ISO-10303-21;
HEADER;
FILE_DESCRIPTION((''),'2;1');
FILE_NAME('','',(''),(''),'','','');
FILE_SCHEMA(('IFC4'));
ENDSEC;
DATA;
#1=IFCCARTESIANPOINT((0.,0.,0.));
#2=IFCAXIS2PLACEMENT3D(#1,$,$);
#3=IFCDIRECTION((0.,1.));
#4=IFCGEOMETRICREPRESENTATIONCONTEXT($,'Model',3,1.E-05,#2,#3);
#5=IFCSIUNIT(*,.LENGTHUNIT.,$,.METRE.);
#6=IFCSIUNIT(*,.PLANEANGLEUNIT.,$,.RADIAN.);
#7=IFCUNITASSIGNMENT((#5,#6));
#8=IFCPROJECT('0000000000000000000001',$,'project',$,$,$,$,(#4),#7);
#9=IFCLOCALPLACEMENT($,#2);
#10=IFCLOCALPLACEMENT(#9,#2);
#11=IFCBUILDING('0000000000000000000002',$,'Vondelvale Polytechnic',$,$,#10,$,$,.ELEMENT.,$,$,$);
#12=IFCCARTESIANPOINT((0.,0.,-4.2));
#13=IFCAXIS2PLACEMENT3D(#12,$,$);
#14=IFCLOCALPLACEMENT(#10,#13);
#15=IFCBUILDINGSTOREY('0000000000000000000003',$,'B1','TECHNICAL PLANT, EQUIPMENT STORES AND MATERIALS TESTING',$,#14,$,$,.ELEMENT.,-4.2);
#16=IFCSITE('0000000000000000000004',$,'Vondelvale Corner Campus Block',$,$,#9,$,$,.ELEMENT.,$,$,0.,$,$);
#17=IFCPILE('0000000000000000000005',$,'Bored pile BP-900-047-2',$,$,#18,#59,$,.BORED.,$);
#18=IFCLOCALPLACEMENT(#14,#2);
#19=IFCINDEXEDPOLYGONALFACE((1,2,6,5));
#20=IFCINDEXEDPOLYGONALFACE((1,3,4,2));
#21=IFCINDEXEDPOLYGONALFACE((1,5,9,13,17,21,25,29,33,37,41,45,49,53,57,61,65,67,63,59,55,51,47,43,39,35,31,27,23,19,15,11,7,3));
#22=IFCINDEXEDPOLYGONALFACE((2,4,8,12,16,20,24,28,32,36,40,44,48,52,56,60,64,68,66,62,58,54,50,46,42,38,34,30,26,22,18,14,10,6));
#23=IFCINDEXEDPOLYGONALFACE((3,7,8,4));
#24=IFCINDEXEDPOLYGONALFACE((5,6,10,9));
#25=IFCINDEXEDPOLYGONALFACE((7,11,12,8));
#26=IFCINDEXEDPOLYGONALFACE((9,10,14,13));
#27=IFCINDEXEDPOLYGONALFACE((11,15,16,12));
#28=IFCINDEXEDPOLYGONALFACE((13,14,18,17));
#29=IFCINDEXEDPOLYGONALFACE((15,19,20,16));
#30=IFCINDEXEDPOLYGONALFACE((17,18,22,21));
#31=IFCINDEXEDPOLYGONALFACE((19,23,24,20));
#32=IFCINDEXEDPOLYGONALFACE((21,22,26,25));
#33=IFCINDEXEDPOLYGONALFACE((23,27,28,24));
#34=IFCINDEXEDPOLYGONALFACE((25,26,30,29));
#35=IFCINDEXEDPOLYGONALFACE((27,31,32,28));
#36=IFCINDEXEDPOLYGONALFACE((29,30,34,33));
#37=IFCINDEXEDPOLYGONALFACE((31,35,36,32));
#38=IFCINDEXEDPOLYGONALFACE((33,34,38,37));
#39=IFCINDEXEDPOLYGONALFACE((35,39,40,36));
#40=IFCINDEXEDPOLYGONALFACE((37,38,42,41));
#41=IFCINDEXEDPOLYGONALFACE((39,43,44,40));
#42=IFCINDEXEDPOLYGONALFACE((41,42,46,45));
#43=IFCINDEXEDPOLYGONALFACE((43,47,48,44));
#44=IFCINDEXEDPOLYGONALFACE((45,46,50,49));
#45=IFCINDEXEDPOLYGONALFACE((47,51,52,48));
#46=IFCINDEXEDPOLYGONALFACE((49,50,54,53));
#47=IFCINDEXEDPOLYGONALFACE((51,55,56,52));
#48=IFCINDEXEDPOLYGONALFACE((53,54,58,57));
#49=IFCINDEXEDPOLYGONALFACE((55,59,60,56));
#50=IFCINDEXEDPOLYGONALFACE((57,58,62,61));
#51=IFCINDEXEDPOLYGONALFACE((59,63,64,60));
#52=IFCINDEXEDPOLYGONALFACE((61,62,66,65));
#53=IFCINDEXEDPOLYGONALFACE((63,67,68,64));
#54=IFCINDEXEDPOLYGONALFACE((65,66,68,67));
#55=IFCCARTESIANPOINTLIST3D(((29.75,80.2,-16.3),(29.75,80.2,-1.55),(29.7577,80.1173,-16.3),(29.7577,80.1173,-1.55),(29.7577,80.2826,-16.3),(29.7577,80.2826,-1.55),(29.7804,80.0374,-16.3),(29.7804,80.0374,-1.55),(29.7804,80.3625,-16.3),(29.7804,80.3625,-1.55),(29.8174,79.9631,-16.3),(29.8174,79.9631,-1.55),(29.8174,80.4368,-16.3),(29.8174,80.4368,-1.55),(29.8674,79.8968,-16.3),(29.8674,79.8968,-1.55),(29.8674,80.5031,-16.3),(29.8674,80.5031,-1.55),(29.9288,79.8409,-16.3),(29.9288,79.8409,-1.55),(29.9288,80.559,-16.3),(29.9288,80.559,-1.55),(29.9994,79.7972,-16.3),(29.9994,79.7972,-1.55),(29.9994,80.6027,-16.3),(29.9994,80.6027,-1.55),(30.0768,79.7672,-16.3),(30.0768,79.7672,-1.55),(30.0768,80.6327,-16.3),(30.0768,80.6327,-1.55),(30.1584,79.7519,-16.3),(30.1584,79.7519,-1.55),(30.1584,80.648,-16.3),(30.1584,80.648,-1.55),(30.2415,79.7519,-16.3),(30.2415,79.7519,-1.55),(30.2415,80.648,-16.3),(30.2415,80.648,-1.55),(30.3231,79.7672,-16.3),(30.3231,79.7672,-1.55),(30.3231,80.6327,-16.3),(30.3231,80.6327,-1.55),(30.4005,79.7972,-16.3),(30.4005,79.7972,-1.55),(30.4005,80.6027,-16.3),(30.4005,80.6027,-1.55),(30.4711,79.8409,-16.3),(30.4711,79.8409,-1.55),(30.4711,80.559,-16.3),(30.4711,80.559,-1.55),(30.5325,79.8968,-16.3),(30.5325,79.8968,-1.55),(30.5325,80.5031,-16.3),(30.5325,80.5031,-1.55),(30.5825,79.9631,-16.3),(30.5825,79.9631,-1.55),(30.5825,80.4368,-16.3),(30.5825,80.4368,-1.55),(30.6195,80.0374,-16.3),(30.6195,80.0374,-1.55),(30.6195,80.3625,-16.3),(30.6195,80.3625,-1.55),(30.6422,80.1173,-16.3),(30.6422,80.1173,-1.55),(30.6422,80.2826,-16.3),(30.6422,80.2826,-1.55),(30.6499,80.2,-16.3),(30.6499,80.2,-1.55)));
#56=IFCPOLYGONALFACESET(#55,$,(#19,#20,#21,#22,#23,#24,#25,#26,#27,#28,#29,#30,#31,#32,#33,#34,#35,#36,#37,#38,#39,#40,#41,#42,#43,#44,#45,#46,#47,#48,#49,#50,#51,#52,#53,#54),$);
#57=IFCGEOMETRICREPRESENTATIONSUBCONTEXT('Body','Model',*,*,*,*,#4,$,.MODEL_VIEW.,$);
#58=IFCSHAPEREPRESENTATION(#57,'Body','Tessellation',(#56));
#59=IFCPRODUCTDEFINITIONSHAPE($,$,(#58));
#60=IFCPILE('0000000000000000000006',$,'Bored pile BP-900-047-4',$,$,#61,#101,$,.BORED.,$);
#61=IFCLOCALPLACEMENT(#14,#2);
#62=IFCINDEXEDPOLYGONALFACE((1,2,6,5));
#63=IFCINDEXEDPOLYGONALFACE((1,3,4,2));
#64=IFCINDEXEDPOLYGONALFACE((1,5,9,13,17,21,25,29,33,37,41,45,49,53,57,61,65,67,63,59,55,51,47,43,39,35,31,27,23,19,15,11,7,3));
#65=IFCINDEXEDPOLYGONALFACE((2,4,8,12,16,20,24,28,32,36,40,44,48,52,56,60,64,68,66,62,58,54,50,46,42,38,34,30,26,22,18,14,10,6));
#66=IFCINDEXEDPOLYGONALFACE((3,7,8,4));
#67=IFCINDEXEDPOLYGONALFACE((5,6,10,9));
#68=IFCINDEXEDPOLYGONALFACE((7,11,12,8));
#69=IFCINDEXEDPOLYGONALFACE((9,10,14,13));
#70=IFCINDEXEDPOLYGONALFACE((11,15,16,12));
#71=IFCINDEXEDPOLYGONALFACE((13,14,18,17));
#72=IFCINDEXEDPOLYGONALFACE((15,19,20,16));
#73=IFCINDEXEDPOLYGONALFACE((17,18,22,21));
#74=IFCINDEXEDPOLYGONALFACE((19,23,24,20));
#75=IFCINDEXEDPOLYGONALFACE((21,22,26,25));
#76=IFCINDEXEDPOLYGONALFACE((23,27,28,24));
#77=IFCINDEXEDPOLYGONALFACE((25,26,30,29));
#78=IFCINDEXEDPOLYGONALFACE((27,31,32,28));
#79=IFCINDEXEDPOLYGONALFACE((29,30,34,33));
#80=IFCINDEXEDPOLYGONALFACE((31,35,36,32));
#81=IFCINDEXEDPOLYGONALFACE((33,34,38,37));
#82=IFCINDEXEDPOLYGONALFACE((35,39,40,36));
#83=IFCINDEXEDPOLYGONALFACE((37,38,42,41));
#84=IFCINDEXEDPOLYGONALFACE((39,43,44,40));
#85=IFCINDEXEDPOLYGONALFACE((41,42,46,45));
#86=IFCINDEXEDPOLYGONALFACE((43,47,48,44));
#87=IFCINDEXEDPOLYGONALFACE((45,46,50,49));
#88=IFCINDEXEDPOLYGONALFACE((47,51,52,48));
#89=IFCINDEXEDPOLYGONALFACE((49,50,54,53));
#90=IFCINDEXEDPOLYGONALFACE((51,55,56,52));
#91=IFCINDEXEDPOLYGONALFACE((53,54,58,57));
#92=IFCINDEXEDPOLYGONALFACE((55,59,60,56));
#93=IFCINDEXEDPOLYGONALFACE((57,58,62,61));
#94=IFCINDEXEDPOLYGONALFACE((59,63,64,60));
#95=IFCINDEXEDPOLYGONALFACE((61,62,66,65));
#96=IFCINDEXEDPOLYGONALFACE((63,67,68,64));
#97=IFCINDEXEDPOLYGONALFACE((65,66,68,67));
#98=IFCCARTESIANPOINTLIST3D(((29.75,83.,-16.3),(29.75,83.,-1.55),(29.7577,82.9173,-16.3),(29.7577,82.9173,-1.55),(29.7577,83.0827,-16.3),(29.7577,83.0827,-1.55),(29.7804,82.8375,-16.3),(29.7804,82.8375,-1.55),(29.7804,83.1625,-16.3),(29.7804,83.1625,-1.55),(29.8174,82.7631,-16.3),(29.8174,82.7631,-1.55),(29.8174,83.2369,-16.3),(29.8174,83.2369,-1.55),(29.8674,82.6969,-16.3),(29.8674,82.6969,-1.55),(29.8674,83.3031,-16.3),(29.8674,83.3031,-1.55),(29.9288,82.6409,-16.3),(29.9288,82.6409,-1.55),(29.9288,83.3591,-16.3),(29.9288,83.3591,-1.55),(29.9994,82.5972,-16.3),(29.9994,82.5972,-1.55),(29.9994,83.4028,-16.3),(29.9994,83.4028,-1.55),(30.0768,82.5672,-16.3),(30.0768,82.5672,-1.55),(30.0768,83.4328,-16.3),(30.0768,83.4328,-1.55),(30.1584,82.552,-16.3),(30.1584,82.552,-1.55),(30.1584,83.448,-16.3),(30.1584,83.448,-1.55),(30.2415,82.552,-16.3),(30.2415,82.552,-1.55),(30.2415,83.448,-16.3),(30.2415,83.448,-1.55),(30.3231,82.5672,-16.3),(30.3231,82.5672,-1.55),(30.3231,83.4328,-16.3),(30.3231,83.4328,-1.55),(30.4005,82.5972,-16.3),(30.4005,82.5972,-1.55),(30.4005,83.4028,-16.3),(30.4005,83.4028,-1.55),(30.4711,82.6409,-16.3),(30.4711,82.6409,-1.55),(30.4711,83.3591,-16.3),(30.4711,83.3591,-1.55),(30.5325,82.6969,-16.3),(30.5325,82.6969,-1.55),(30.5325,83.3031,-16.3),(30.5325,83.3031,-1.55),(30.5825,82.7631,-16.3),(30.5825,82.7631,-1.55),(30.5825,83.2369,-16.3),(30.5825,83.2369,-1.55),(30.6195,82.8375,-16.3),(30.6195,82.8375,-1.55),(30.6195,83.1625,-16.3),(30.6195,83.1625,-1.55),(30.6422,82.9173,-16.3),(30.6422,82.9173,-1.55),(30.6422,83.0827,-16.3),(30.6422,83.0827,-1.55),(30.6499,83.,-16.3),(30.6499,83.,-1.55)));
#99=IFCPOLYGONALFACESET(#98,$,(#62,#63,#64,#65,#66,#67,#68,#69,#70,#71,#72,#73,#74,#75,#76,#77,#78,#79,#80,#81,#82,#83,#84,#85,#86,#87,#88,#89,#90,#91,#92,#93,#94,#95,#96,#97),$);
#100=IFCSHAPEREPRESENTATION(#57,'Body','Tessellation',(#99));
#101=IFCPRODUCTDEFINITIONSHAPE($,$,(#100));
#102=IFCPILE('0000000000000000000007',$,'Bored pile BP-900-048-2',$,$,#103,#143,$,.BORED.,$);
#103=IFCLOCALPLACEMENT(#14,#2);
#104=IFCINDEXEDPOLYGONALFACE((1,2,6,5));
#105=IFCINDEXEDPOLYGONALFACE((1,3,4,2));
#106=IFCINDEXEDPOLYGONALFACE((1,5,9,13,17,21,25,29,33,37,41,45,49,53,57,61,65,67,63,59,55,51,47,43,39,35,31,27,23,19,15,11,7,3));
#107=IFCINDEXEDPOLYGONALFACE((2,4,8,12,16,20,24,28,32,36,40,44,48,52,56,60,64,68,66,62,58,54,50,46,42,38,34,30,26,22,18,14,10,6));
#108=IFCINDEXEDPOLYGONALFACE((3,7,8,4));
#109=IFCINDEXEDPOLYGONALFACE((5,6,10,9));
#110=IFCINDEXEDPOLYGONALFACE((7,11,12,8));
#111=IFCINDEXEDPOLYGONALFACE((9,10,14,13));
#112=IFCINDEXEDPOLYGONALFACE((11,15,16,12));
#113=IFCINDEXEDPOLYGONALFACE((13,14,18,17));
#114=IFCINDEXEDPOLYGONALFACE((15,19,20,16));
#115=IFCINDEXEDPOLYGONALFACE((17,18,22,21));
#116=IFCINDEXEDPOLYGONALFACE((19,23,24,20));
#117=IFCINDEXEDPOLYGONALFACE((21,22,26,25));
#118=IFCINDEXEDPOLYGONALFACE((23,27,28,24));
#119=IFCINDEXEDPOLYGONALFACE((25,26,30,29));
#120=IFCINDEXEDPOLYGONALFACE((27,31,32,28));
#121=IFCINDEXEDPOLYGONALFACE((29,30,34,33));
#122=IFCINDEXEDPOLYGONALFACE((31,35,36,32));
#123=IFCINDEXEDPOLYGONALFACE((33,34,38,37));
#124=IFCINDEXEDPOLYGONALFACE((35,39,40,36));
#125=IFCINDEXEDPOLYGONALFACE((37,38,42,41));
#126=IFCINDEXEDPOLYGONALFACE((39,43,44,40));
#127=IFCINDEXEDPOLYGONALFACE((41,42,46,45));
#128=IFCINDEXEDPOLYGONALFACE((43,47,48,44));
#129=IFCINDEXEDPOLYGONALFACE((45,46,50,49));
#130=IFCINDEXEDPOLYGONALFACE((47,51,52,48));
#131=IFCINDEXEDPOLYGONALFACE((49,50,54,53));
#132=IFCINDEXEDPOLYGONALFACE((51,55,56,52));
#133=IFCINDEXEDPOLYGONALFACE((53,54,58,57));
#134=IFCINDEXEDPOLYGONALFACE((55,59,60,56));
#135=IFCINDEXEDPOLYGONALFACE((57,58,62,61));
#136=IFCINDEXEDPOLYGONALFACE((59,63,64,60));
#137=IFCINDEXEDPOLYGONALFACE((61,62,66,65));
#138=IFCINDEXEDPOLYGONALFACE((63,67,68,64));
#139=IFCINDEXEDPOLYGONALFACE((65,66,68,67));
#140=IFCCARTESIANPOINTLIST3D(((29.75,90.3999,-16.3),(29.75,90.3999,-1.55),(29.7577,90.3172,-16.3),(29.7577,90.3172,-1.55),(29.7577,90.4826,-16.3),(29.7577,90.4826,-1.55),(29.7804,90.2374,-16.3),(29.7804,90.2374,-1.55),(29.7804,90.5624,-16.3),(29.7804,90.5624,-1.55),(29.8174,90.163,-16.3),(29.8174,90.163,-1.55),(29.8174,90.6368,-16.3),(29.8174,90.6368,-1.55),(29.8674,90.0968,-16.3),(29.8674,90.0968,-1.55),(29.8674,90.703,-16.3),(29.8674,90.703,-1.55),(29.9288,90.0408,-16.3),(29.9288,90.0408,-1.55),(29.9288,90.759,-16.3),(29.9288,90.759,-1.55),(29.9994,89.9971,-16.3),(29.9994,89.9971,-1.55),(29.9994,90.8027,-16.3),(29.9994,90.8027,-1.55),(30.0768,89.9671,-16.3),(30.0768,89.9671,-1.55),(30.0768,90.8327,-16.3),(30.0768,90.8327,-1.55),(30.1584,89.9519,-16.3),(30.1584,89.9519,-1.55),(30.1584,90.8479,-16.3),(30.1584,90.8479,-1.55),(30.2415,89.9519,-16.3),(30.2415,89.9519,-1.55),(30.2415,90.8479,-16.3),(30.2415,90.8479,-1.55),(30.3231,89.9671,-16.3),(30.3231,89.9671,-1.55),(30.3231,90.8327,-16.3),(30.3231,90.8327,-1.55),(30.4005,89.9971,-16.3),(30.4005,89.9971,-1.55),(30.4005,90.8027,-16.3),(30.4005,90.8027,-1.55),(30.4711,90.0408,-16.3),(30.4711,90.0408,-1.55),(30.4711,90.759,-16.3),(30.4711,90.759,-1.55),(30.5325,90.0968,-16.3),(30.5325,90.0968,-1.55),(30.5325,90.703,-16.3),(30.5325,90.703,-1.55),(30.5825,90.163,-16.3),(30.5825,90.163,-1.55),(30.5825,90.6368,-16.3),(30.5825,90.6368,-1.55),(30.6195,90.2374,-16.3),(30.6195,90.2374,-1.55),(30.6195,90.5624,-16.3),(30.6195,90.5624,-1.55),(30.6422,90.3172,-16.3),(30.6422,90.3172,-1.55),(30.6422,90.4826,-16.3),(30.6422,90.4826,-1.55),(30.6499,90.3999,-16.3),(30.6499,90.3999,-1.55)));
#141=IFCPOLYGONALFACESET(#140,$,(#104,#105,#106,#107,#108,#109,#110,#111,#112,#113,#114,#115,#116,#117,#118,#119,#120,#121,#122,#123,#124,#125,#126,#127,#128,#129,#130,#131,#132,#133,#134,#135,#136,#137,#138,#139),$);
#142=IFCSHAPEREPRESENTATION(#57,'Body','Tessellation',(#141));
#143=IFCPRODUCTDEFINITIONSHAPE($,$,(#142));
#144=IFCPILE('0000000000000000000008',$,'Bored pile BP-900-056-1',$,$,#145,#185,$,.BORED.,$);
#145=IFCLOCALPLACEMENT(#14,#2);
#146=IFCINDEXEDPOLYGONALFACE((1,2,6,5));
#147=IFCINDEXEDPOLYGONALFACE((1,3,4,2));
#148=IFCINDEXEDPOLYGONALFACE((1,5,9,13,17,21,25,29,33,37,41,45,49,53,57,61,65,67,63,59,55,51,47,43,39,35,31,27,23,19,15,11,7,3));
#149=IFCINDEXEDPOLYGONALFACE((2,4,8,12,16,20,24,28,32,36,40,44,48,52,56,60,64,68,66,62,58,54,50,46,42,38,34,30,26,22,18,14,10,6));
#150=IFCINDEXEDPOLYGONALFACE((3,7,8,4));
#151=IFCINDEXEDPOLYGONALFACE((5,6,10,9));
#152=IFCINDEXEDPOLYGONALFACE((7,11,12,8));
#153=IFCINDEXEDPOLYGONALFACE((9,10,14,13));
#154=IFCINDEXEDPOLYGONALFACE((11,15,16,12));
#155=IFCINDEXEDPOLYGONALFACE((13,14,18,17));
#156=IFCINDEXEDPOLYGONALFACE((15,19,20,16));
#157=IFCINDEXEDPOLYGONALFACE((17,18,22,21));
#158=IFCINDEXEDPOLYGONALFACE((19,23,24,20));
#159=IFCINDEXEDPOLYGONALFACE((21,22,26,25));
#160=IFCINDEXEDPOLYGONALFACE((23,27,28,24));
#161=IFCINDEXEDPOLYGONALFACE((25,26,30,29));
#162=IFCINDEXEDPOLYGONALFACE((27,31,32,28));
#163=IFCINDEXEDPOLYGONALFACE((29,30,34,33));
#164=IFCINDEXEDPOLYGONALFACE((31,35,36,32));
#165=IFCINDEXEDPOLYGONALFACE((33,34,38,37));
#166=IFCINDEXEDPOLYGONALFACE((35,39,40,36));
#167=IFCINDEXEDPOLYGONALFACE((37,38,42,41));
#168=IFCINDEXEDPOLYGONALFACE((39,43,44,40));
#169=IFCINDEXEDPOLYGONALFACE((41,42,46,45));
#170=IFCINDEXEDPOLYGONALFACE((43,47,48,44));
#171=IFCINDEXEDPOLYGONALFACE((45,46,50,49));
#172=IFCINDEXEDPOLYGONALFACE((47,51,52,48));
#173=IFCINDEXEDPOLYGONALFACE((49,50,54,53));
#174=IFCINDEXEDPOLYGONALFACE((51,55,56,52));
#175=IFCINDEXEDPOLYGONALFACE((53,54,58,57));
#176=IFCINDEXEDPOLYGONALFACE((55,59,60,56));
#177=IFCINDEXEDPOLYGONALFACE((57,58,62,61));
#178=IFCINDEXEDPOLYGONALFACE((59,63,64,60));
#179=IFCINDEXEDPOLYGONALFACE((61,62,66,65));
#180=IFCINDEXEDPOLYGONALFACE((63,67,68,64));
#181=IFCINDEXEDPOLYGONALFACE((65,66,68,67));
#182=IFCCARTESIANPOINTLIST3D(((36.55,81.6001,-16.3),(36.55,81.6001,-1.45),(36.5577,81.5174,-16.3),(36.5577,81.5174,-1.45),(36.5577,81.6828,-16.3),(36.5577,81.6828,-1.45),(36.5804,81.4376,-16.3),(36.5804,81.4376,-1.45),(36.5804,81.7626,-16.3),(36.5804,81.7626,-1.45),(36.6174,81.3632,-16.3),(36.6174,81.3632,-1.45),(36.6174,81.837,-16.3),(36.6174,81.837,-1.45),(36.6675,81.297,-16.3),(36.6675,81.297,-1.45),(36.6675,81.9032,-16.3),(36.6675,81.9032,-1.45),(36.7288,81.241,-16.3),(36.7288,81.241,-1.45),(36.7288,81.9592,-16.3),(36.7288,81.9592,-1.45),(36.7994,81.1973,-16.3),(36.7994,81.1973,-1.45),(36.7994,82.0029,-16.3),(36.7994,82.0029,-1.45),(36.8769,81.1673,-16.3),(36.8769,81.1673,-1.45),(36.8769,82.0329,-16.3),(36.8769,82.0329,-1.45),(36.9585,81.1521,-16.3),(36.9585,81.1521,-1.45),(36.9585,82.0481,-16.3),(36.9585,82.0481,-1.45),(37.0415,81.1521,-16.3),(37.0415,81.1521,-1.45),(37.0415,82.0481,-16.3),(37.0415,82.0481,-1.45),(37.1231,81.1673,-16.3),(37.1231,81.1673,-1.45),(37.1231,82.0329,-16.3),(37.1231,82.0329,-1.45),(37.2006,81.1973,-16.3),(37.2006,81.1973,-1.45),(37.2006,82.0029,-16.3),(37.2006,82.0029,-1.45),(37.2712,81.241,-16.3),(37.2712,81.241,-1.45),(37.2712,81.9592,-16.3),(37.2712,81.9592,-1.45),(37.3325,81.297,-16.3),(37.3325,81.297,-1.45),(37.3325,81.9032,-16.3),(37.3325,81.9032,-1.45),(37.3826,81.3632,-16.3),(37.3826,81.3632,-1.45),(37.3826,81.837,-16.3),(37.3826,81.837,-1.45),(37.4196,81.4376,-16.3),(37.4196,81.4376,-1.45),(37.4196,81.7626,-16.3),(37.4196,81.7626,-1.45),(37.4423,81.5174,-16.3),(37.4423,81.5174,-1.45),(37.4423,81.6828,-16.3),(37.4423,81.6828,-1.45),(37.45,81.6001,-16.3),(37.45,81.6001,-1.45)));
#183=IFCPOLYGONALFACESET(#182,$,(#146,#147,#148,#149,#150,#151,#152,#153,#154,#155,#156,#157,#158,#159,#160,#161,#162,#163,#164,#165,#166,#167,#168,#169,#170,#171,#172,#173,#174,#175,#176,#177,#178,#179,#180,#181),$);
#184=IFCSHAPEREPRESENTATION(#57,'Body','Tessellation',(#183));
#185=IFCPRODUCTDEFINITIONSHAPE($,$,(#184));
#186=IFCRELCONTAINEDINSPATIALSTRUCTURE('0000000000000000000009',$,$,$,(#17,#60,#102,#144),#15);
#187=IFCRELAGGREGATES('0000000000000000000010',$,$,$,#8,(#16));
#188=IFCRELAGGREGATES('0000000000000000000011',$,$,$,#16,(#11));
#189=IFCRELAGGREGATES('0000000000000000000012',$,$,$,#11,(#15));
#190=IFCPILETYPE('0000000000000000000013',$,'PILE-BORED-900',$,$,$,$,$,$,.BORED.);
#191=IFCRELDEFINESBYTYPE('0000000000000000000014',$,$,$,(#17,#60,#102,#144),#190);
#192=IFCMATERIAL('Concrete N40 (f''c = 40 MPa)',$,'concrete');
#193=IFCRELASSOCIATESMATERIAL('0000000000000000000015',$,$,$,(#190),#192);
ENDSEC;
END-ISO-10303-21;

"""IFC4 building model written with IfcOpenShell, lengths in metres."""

from ifc_helpers import new_model, si_unit, direction, frame, origin, origin_2d, place, context, subcontext, project, spatial, circle, extrude, material, material_profile, profile_set, type_object, element, save


model = new_model("IFC4")

# Units and contexts
model_context = context("Model", 3, precision=1e-05, world=origin(), true_north=direction((0.0, 1.0)))
body_context = subcontext(model_context, "Body", "Model", "MODEL_VIEW")
ifc_project = project(units=[si_unit("LENGTHUNIT", "METRE"), si_unit("PLANEANGLEUNIT", "RADIAN")], contexts=[model_context])

# Site, building, storey
site_placement = place(None, origin())
site = spatial("IfcSite", under=ifc_project, at=site_placement, Name="Vondelvale Corner Campus Block", CompositionType="ELEMENT", RefElevation=0.0)
building_placement = place(site_placement, origin())
building = spatial("IfcBuilding", under=site, at=building_placement, Name="Vondelvale Polytechnic", CompositionType="ELEMENT")
storey_placement = place(building_placement, frame((0.0, 0.0, -4.2)))
storey = spatial("IfcBuildingStorey", under=building, at=storey_placement, Name="B1", Description="TECHNICAL PLANT, EQUIPMENT STORES AND MATERIALS TESTING", CompositionType="ELEMENT", Elevation=-4.2)

# Shared definitions
ifc_material_1 = material(Name="Concrete N40 (f'c = 40 MPa)", Category="concrete")

# Piles
ifc_material_profile_1 = material_profile(ifc_material_1, circle(Radius=0.45, at=origin_2d()), Name="PILE-D900")
ifc_profile_set_1 = profile_set([ifc_material_profile_1], Name="Concrete N40 (f'c = 40 MPa)")
pile_type_1 = type_object("IfcPileType", Name="PILE-BORED-900", PredefinedType="BORED", material=ifc_profile_set_1)
for number, where, z_axis, x_axis, name in (
    (1, (30.2, 80.2, -1.55), (0.0, 0.0, -1.0), (1.0, 0.0, 0.0), "Bored pile BP-900-047-2"),
    (2, (30.2, 83.0, -1.55), (0.0, 0.0, -1.0), (1.0, 0.0, 0.0), "Bored pile BP-900-047-4"),
    (3, (30.2, 90.3999, -1.55), (0.0, 0.0, -1.0), (1.0, 0.0, 0.0), "Bored pile BP-900-048-2"),
):
    element("IfcPile", number, at=place(storey_placement, frame(where, z_axis=z_axis, x_axis=x_axis)), inside=storey, type_object=pile_type_1, Name=name, PredefinedType="BORED", context=body_context, shape_type="SweptSolid", body=[
        extrude(circle(Radius=0.45, at=origin_2d()), origin(), (0.0, 0.0, 1.0), 14.75),
    ])
for number, where, z_axis, x_axis, name in (
    (4, (37.0, 81.6001, -1.45), (0.0, 0.0, -1.0), (1.0, 0.0, 0.0), "Bored pile BP-900-056-1"),
):
    element("IfcPile", number, at=place(storey_placement, frame(where, z_axis=z_axis, x_axis=x_axis)), inside=storey, type_object=pile_type_1, Name=name, PredefinedType="BORED", context=body_context, shape_type="SweptSolid", body=[
        extrude(circle(Radius=0.45, at=origin_2d()), origin(), (0.0, 0.0, 1.0), 14.8501),
    ])

save(model, "model.ifc")
